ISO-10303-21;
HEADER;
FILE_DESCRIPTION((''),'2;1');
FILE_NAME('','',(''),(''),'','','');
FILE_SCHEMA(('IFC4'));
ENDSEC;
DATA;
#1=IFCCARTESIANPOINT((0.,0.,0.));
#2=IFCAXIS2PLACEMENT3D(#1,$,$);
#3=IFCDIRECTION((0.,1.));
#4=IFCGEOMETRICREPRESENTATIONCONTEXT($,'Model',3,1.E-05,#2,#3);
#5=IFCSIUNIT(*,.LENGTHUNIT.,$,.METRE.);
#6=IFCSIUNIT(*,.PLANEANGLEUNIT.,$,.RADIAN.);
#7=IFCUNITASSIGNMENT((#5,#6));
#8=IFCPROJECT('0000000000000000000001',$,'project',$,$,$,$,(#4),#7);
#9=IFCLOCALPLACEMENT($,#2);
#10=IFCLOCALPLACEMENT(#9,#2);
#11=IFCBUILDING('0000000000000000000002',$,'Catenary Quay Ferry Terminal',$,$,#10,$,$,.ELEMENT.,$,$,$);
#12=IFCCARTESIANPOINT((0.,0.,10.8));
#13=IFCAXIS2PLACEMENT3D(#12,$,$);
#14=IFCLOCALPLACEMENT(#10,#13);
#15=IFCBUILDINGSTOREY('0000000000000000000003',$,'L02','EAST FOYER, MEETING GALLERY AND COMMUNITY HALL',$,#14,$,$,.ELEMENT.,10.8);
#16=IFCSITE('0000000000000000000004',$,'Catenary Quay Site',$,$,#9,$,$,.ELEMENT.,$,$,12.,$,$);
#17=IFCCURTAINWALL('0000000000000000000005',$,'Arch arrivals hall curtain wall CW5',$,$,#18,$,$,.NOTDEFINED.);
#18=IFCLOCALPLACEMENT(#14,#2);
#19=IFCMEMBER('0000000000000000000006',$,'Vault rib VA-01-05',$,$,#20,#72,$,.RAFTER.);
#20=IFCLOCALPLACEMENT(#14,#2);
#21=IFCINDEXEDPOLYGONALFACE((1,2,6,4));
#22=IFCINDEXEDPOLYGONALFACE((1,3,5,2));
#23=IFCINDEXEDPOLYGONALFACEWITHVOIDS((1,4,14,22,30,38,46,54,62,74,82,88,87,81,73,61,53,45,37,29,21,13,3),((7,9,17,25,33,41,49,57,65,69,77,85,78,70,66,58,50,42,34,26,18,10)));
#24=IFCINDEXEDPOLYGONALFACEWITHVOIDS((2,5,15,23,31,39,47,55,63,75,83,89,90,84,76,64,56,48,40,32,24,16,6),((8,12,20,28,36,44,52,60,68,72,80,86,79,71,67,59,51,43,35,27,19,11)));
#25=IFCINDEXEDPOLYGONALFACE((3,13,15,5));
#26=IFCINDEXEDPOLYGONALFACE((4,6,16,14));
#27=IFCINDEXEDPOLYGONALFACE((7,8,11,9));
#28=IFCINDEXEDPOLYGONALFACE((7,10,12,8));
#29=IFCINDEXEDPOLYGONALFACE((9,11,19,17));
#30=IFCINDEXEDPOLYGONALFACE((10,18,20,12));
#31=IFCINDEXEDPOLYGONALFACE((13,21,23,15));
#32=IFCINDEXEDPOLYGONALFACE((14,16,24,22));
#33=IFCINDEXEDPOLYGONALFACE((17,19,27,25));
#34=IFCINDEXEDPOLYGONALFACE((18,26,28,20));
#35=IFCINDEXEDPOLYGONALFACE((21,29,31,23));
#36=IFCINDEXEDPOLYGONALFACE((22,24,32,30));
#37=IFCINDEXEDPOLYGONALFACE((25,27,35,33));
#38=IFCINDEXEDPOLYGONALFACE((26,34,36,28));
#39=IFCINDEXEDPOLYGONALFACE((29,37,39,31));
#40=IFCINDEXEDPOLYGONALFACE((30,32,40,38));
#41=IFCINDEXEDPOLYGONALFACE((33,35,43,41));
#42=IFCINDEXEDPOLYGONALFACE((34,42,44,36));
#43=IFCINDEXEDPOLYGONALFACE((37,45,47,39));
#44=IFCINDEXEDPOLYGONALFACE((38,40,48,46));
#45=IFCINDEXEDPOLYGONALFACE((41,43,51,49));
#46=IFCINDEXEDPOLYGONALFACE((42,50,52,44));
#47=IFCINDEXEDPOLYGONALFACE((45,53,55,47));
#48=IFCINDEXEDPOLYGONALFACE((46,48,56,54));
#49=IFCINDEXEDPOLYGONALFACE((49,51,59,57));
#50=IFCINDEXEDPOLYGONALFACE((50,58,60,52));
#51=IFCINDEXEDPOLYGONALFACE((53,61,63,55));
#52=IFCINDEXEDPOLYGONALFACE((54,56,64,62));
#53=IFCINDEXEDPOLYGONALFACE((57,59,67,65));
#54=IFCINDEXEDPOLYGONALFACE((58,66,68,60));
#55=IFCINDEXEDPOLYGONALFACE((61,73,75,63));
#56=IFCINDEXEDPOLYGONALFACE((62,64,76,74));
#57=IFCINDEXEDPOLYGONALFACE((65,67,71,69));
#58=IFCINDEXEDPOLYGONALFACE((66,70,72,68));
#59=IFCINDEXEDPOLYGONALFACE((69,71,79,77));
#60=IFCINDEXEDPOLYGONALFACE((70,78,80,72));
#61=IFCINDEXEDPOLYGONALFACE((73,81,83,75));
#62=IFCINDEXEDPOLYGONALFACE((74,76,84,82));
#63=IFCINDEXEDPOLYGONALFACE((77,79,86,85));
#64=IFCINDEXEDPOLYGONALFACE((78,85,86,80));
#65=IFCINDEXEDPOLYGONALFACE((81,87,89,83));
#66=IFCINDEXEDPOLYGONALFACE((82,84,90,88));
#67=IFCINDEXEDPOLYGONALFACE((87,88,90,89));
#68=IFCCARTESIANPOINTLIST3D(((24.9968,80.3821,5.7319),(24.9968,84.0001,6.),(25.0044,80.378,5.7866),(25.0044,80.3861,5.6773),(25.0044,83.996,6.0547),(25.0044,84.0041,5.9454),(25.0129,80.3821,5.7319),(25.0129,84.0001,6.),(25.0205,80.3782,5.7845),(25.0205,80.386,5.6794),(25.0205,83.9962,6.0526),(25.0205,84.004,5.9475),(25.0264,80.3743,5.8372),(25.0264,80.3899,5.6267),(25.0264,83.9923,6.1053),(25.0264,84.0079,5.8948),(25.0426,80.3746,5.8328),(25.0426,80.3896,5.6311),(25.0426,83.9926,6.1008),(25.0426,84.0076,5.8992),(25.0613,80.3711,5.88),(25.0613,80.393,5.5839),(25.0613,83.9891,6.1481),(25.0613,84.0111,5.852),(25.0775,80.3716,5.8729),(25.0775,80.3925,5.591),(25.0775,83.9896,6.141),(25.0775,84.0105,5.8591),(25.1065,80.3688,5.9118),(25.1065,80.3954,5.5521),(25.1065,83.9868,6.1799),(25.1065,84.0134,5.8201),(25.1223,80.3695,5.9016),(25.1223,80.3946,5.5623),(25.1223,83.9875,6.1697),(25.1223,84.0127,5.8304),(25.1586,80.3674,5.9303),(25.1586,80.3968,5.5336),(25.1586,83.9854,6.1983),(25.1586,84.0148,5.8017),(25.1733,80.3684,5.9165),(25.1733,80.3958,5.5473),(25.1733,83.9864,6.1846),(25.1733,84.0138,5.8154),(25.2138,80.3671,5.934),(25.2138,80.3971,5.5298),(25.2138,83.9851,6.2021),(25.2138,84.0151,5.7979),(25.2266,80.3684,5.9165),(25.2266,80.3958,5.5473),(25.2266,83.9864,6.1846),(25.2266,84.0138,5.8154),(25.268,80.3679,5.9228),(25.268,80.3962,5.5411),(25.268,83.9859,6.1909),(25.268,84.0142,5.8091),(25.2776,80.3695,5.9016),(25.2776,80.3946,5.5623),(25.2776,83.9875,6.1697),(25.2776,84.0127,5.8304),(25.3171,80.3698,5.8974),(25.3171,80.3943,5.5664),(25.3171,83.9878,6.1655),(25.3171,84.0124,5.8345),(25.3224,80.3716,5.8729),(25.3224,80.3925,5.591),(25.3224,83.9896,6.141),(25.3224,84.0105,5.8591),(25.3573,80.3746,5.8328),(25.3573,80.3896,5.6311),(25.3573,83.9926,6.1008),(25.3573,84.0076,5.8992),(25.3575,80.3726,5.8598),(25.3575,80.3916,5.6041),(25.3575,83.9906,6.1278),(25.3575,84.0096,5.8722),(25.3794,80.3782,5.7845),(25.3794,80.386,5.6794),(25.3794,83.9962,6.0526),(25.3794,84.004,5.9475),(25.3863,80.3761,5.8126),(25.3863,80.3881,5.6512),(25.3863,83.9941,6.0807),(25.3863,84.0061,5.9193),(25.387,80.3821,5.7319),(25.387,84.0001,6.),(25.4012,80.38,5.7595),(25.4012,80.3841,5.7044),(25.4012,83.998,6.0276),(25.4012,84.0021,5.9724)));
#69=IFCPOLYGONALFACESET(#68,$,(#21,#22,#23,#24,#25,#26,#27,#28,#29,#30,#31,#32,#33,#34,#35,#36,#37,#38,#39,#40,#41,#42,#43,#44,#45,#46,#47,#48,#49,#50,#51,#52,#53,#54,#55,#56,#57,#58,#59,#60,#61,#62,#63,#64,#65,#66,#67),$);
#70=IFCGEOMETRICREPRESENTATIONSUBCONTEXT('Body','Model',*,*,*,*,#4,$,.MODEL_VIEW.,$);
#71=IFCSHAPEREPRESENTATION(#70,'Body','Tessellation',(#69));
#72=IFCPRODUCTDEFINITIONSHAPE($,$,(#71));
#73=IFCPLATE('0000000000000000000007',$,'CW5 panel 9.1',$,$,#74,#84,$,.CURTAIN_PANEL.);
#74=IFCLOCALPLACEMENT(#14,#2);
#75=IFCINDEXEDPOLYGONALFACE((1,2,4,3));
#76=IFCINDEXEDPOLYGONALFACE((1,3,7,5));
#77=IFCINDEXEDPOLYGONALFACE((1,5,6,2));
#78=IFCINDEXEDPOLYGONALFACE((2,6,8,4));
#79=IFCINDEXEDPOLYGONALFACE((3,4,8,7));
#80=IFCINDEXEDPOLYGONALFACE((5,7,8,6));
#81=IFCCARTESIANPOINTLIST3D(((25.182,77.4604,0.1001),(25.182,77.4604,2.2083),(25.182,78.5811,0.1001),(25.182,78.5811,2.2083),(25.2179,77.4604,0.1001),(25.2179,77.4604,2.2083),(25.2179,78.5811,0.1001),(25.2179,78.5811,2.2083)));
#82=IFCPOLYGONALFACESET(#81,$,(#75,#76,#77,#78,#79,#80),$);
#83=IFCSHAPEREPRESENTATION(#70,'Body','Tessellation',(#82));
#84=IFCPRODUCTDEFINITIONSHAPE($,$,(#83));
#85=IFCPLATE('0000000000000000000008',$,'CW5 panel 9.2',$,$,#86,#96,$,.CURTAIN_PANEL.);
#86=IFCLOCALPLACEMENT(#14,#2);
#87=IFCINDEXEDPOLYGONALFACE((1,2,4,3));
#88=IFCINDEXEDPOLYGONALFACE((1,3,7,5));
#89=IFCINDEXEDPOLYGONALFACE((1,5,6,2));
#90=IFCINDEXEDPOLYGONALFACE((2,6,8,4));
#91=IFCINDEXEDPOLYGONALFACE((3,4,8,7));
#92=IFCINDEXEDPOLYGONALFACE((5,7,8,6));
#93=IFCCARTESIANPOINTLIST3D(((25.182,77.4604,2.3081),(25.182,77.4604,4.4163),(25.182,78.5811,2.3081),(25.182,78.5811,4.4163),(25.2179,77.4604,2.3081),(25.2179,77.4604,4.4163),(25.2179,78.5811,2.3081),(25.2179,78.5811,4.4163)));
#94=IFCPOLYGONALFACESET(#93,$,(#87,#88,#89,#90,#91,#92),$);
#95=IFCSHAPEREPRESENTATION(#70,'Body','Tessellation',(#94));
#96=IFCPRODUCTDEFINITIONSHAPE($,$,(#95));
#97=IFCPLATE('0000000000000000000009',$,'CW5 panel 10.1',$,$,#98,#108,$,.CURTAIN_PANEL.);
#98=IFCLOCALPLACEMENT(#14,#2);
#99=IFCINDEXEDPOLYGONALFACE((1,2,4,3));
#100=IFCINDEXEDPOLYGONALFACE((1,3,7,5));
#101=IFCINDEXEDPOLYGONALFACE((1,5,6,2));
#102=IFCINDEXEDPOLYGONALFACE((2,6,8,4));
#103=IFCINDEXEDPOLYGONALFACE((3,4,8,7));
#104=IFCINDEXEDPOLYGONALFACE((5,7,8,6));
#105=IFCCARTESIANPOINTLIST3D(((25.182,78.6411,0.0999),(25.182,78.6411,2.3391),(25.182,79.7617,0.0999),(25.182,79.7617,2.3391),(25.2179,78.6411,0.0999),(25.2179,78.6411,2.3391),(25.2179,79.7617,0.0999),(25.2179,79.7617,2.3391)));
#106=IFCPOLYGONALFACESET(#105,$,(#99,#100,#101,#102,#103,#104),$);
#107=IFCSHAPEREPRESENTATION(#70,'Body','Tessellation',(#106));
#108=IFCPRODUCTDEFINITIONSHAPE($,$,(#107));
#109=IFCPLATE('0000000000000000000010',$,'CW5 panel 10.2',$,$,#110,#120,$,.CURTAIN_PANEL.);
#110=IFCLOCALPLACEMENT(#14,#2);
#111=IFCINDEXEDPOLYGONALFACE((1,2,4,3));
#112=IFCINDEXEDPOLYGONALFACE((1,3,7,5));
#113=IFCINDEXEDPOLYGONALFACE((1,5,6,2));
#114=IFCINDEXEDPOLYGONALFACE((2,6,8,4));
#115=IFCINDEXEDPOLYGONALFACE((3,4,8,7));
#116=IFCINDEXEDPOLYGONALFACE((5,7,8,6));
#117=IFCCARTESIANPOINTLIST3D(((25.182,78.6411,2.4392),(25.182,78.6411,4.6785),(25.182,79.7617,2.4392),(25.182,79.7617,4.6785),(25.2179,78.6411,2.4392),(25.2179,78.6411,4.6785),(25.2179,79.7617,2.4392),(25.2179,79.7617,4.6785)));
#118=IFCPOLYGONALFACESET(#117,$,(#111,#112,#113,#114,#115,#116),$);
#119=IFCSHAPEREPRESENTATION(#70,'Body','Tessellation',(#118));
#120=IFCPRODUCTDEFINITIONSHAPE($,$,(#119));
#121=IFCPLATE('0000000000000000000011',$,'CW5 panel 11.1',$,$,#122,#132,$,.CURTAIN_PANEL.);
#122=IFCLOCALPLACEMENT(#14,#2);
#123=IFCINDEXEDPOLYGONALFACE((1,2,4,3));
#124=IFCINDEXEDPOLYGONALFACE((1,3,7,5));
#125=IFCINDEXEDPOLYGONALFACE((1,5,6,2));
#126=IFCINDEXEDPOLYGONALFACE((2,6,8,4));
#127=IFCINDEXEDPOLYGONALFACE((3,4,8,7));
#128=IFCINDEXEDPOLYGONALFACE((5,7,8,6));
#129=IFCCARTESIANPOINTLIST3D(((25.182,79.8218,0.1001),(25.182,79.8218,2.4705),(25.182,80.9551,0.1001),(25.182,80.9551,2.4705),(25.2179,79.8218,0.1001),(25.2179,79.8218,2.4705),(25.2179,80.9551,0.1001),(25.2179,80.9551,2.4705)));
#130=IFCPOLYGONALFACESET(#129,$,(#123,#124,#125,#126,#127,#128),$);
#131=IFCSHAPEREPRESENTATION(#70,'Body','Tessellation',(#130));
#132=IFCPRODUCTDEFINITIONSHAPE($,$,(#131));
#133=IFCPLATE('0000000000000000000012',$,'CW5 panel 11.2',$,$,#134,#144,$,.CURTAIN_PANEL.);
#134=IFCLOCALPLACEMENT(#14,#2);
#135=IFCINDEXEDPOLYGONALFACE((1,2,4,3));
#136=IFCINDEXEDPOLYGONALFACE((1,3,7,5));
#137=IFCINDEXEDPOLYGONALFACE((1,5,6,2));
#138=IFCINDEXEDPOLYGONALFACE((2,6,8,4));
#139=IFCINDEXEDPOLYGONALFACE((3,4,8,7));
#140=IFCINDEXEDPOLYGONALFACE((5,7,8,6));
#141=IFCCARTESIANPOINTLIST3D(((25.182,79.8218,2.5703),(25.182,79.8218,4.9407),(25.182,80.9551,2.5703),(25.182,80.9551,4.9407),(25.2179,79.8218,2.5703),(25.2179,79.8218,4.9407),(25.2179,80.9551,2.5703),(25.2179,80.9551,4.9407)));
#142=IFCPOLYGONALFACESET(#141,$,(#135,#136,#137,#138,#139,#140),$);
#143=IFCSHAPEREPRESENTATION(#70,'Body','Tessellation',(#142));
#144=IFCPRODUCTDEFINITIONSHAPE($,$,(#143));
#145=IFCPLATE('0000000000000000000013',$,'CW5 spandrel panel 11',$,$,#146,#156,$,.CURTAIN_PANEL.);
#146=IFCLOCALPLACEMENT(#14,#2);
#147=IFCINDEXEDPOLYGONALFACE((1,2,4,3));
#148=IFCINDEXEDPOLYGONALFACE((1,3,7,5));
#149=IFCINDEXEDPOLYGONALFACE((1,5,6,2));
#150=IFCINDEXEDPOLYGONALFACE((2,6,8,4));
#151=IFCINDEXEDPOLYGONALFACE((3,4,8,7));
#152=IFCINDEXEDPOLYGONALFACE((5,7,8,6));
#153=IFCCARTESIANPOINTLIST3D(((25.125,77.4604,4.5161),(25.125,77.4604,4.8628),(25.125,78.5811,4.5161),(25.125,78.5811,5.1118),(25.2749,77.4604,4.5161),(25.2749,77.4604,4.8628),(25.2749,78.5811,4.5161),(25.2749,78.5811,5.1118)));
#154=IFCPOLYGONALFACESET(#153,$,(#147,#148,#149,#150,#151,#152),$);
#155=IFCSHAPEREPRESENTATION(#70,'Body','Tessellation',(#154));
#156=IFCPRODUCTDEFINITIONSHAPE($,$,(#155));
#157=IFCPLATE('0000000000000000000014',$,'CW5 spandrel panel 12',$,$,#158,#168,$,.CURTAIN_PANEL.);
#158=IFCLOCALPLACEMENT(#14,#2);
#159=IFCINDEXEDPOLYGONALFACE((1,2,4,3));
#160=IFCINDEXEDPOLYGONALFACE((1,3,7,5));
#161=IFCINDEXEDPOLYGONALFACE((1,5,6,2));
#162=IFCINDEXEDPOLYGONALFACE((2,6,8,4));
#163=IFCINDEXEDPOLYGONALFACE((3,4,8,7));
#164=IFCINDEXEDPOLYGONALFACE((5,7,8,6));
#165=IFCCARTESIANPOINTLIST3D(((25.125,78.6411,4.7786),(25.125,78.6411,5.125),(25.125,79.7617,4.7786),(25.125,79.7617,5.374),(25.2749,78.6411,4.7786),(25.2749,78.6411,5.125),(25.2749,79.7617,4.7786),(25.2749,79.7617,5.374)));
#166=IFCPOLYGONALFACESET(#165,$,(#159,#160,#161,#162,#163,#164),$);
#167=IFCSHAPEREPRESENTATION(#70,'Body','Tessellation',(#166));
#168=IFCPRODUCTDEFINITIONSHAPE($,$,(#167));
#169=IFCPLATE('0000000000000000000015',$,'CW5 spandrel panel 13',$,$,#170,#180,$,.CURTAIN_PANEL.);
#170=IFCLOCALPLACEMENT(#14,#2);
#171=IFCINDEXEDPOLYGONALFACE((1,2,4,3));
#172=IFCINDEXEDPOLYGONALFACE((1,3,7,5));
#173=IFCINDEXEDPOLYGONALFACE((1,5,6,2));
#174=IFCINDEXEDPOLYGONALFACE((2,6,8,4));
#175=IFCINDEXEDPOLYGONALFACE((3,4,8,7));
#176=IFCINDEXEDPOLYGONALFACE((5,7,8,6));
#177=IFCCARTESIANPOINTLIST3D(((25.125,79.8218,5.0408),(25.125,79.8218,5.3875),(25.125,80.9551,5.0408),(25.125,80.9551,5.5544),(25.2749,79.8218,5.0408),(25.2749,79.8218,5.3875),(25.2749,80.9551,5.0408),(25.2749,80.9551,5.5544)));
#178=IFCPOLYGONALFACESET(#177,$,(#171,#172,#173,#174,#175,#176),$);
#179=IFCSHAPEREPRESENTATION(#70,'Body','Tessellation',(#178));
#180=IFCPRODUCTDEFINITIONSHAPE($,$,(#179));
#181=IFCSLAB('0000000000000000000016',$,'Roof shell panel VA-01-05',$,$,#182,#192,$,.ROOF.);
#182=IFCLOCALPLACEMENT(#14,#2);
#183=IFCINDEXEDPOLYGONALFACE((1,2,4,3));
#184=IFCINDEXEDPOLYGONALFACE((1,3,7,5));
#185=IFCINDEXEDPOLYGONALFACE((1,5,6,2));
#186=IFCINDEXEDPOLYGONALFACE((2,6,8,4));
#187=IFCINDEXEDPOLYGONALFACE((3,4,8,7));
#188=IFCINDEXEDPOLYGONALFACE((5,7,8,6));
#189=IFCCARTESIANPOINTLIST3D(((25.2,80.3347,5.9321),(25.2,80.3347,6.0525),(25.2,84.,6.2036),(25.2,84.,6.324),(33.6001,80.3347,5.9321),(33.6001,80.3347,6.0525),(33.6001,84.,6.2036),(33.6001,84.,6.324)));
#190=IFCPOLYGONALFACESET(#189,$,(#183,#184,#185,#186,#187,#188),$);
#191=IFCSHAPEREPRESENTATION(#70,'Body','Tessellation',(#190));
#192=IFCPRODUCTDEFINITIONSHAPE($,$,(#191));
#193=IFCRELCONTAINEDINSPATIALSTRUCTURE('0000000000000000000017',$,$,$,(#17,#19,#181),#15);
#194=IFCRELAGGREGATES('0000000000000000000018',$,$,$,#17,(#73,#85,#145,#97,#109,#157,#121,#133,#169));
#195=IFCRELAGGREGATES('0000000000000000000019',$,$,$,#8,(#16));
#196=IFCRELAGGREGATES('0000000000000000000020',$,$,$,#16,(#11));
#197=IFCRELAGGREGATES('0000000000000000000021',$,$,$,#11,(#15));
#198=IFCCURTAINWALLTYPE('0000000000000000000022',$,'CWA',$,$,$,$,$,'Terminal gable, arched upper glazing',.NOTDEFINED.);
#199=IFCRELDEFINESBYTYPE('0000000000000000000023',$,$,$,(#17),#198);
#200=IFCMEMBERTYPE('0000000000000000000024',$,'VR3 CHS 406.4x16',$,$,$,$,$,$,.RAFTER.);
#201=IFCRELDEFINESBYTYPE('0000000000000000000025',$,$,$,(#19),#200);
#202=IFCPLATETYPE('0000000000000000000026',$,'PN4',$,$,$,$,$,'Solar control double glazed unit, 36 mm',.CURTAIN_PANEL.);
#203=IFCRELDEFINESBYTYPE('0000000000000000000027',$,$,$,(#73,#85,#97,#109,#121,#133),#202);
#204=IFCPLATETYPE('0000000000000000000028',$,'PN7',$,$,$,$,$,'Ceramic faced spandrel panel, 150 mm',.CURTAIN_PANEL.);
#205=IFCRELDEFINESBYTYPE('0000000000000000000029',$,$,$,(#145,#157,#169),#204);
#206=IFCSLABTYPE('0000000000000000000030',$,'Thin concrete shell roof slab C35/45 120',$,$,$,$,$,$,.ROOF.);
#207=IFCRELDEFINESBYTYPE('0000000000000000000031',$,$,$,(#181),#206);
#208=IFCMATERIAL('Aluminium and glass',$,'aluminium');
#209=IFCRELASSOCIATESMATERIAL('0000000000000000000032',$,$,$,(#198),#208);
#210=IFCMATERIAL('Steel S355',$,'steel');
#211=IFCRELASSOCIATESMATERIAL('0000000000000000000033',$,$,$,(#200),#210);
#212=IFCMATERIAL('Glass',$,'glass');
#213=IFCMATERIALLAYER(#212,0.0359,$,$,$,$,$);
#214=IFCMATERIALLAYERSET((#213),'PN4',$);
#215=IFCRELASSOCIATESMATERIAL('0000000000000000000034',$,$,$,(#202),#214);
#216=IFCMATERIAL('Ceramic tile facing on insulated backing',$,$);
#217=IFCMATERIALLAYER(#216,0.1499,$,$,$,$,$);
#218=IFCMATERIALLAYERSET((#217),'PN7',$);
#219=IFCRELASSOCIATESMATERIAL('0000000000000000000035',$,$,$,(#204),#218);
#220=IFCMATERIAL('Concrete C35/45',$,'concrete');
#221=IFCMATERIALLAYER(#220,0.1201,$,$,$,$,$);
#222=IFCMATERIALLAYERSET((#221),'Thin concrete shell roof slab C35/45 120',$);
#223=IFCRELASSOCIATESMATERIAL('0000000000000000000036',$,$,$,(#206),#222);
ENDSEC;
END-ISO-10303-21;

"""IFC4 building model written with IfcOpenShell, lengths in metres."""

from ifc_helpers import new_model, si_unit, direction, frame, origin, origin_2d, place, context, subcontext, project, spatial, polyline, rectangle, hollow_circle, outline, extrude, material, layer, layer_set, material_profile, profile_set, type_object, element, aggregate, save


model = new_model("IFC4")

# Units and contexts
model_context = context("Model", 3, precision=1e-05, world=origin(), true_north=direction((0.0, 1.0)))
body_context = subcontext(model_context, "Body", "Model", "MODEL_VIEW")
ifc_project = project(units=[si_unit("LENGTHUNIT", "METRE"), si_unit("PLANEANGLEUNIT", "RADIAN")], contexts=[model_context])

# Site, building, storey
site_placement = place(None, origin())
site = spatial("IfcSite", under=ifc_project, at=site_placement, Name="Catenary Quay Site", CompositionType="ELEMENT", RefElevation=12.0)
building_placement = place(site_placement, origin())
building = spatial("IfcBuilding", under=site, at=building_placement, Name="Catenary Quay Ferry Terminal", CompositionType="ELEMENT")
storey_placement = place(building_placement, frame((0.0, 0.0, 10.8)))
storey = spatial("IfcBuildingStorey", under=building, at=storey_placement, Name="L02", Description="EAST FOYER, MEETING GALLERY AND COMMUNITY HALL", CompositionType="ELEMENT", Elevation=10.8)

# Curtain wall
ifc_material_1 = material(Name="Aluminium and glass", Category="aluminium")
curtain_wall_type = type_object("IfcCurtainWallType", Name="CWA", ElementType="Terminal gable, arched upper glazing", PredefinedType="NOTDEFINED", material=ifc_material_1)
curtain_wall_placement = place(storey_placement, origin())
curtain_wall = element("IfcCurtainWall", 1, at=curtain_wall_placement, inside=storey, type_object=curtain_wall_type, Name="Arch arrivals hall curtain wall CW5", PredefinedType="NOTDEFINED")

# Member
ifc_material_2 = material(Name="Steel S355", Category="steel")
ifc_material_profile_1 = material_profile(ifc_material_2, hollow_circle(Radius=0.2031, WallThickness=0.0161, at=origin_2d()), Name="CHS 406.4x16")
ifc_profile_set_1 = profile_set([ifc_material_profile_1], Name="Steel S355")
member_type_1 = type_object("IfcMemberType", Name="VR3 CHS 406.4x16", PredefinedType="RAFTER", material=ifc_profile_set_1)
member_1_placement = place(storey_placement, frame((25.2, 80.3821, 5.7319), z_axis=(0.0, 0.997266, 0.073892), x_axis=(-1.0, 0.0, 0.0)))
element("IfcMember", 2, at=member_1_placement, inside=storey, type_object=member_type_1, Name="Vault rib VA-01-05", PredefinedType="RAFTER", context=body_context, shape_type="SweptSolid", body=[
    extrude(hollow_circle(Radius=0.2031, WallThickness=0.0161, at=origin_2d()), origin(), (0.0, 0.0, 1.0), 3.6279),
])

# Plates
ifc_material_3 = material(Name="Glass", Category="glass")
ifc_layer_1 = layer(ifc_material_3, 0.0359)
ifc_layer_set_1 = layer_set([ifc_layer_1], Name="PN4")
plate_type_1 = type_object("IfcPlateType", Name="PN4", ElementType="Solar control double glazed unit, 36 mm", PredefinedType="CURTAIN_PANEL", material=ifc_layer_set_1)
plate_1_placement = place(storey_placement, frame((25.2, 78.0208, 0.1001), z_axis=(0.0, 0.0, 1.0), x_axis=(0.0, 1.0, 0.0)))
plate_1 = element("IfcPlate", 3, at=plate_1_placement, type_object=plate_type_1, Name="CW5 panel 9.1", PredefinedType="CURTAIN_PANEL", context=body_context, shape_type="SweptSolid", body=[
    extrude(rectangle(XDim=1.1206, YDim=0.0359, at=origin_2d()), origin(), (0.0, 0.0, 1.0), 2.1082),
])
plate_2_placement = place(storey_placement, frame((25.2, 78.0208, 2.3081), z_axis=(0.0, 0.0, 1.0), x_axis=(0.0, 1.0, 0.0)))
plate_2 = element("IfcPlate", 4, at=plate_2_placement, type_object=plate_type_1, Name="CW5 panel 9.2", PredefinedType="CURTAIN_PANEL", context=body_context, shape_type="SweptSolid", body=[
    extrude(rectangle(XDim=1.1206, YDim=0.0359, at=origin_2d()), origin(), (0.0, 0.0, 1.0), 2.1082),
])
plate_3_placement = place(storey_placement, frame((25.2, 79.2014, 0.0999), z_axis=(0.0, 0.0, 1.0), x_axis=(0.0, 1.0, 0.0)))
plate_3 = element("IfcPlate", 5, at=plate_3_placement, type_object=plate_type_1, Name="CW5 panel 10.1", PredefinedType="CURTAIN_PANEL", context=body_context, shape_type="SweptSolid", body=[
    extrude(rectangle(XDim=1.1206, YDim=0.0359, at=origin_2d()), origin(), (0.0, 0.0, 1.0), 2.2393),
])
plate_4_placement = place(storey_placement, frame((25.2, 79.2014, 2.4392), z_axis=(0.0, 0.0, 1.0), x_axis=(0.0, 1.0, 0.0)))
plate_4 = element("IfcPlate", 6, at=plate_4_placement, type_object=plate_type_1, Name="CW5 panel 10.2", PredefinedType="CURTAIN_PANEL", context=body_context, shape_type="SweptSolid", body=[
    extrude(rectangle(XDim=1.1206, YDim=0.0359, at=origin_2d()), origin(), (0.0, 0.0, 1.0), 2.2393),
])
plate_5_placement = place(storey_placement, frame((25.2, 80.3884, 0.1001), z_axis=(0.0, 0.0, 1.0), x_axis=(0.0, 1.0, 0.0)))
plate_5 = element("IfcPlate", 7, at=plate_5_placement, type_object=plate_type_1, Name="CW5 panel 11.1", PredefinedType="CURTAIN_PANEL", context=body_context, shape_type="SweptSolid", body=[
    extrude(rectangle(XDim=1.1333, YDim=0.0359, at=origin_2d()), origin(), (0.0, 0.0, 1.0), 2.3704),
])
plate_6_placement = place(storey_placement, frame((25.2, 80.3884, 2.5703), z_axis=(0.0, 0.0, 1.0), x_axis=(0.0, 1.0, 0.0)))
plate_6 = element("IfcPlate", 8, at=plate_6_placement, type_object=plate_type_1, Name="CW5 panel 11.2", PredefinedType="CURTAIN_PANEL", context=body_context, shape_type="SweptSolid", body=[
    extrude(rectangle(XDim=1.1333, YDim=0.0359, at=origin_2d()), origin(), (0.0, 0.0, 1.0), 2.3704),
])
ifc_material_4 = material(Name="Ceramic tile facing on insulated backing")
ifc_layer_2 = layer(ifc_material_4, 0.1499)
ifc_layer_set_2 = layer_set([ifc_layer_2], Name="PN7")
plate_type_2 = type_object("IfcPlateType", Name="PN7", ElementType="Ceramic faced spandrel panel, 150 mm", PredefinedType="CURTAIN_PANEL", material=ifc_layer_set_2)
plate_7_placement = place(storey_placement, frame((25.2, 77.4604, 4.5161), z_axis=(0.0, 0.0, 1.0), x_axis=(0.0, 1.0, 0.0)))
plate_7 = element("IfcPlate", 9, at=plate_7_placement, type_object=plate_type_2, Name="CW5 spandrel panel 11", PredefinedType="CURTAIN_PANEL", context=body_context, shape_type="SweptSolid", body=[
    extrude(outline(polyline([(0.0, 0.0), (1.1206, 0.0), (1.1206, 0.5957), (0.0, 0.3467), (0.0, 0.0)])), frame((0.0, 0.075, 0.0), z_axis=(0.0, -1.0, 0.0), x_axis=(1.0, 0.0, 0.0)), (0.0, 0.0, 1.0), 0.1499),
])
plate_8_placement = place(storey_placement, frame((25.2, 78.6411, 4.7786), z_axis=(0.0, 0.0, 1.0), x_axis=(0.0, 1.0, 0.0)))
plate_8 = element("IfcPlate", 10, at=plate_8_placement, type_object=plate_type_2, Name="CW5 spandrel panel 12", PredefinedType="CURTAIN_PANEL", context=body_context, shape_type="SweptSolid", body=[
    extrude(outline(polyline([(0.0, 0.0), (1.1206, 0.0), (1.1206, 0.5955), (0.0, 0.3464), (0.0, 0.0)])), frame((0.0, 0.075, 0.0), z_axis=(0.0, -1.0, 0.0), x_axis=(1.0, 0.0, 0.0)), (0.0, 0.0, 1.0), 0.1499),
])
plate_9_placement = place(storey_placement, frame((25.2, 79.8218, 5.0408), z_axis=(0.0, 0.0, 1.0), x_axis=(0.0, 1.0, 0.0)))
plate_9 = element("IfcPlate", 11, at=plate_9_placement, type_object=plate_type_2, Name="CW5 spandrel panel 13", PredefinedType="CURTAIN_PANEL", context=body_context, shape_type="SweptSolid", body=[
    extrude(outline(polyline([(0.0, 0.0), (1.1333, 0.0), (1.1333, 0.5137), (0.0, 0.3467), (0.0, 0.0)])), frame((0.0, 0.075, 0.0), z_axis=(0.0, -1.0, 0.0), x_axis=(1.0, 0.0, 0.0)), (0.0, 0.0, 1.0), 0.1499),
])
aggregate(curtain_wall, [plate_1, plate_2, plate_7, plate_3, plate_4, plate_8, plate_5, plate_6, plate_9])

# Slab
ifc_material_5 = material(Name="Concrete C35/45", Category="concrete")
ifc_layer_3 = layer(ifc_material_5, 0.1201)
ifc_layer_set_3 = layer_set([ifc_layer_3], Name="Thin concrete shell roof slab C35/45 120")
slab_type = type_object("IfcSlabType", Name="Thin concrete shell roof slab C35/45 120", PredefinedType="ROOF", material=ifc_layer_set_3)
slab_placement = place(storey_placement, frame((25.2, 80.3347, 6.0525), z_axis=(0.0, -0.073867, 0.997268), x_axis=(1.0, 0.0, 0.0)))
element("IfcSlab", 12, at=slab_placement, inside=storey, type_object=slab_type, Name="Roof shell panel VA-01-05", PredefinedType="ROOF", context=body_context, shape_type="SweptSolid", body=[
    extrude(outline(polyline([(0.0, 0.0), (8.4001, 0.0), (8.4001, 3.6753), (0.0, 3.6753), (0.0, 0.0)])), origin(), (0.0, -0.073867, -0.997268), 0.1204),
])

save(model, "model.ifc")
